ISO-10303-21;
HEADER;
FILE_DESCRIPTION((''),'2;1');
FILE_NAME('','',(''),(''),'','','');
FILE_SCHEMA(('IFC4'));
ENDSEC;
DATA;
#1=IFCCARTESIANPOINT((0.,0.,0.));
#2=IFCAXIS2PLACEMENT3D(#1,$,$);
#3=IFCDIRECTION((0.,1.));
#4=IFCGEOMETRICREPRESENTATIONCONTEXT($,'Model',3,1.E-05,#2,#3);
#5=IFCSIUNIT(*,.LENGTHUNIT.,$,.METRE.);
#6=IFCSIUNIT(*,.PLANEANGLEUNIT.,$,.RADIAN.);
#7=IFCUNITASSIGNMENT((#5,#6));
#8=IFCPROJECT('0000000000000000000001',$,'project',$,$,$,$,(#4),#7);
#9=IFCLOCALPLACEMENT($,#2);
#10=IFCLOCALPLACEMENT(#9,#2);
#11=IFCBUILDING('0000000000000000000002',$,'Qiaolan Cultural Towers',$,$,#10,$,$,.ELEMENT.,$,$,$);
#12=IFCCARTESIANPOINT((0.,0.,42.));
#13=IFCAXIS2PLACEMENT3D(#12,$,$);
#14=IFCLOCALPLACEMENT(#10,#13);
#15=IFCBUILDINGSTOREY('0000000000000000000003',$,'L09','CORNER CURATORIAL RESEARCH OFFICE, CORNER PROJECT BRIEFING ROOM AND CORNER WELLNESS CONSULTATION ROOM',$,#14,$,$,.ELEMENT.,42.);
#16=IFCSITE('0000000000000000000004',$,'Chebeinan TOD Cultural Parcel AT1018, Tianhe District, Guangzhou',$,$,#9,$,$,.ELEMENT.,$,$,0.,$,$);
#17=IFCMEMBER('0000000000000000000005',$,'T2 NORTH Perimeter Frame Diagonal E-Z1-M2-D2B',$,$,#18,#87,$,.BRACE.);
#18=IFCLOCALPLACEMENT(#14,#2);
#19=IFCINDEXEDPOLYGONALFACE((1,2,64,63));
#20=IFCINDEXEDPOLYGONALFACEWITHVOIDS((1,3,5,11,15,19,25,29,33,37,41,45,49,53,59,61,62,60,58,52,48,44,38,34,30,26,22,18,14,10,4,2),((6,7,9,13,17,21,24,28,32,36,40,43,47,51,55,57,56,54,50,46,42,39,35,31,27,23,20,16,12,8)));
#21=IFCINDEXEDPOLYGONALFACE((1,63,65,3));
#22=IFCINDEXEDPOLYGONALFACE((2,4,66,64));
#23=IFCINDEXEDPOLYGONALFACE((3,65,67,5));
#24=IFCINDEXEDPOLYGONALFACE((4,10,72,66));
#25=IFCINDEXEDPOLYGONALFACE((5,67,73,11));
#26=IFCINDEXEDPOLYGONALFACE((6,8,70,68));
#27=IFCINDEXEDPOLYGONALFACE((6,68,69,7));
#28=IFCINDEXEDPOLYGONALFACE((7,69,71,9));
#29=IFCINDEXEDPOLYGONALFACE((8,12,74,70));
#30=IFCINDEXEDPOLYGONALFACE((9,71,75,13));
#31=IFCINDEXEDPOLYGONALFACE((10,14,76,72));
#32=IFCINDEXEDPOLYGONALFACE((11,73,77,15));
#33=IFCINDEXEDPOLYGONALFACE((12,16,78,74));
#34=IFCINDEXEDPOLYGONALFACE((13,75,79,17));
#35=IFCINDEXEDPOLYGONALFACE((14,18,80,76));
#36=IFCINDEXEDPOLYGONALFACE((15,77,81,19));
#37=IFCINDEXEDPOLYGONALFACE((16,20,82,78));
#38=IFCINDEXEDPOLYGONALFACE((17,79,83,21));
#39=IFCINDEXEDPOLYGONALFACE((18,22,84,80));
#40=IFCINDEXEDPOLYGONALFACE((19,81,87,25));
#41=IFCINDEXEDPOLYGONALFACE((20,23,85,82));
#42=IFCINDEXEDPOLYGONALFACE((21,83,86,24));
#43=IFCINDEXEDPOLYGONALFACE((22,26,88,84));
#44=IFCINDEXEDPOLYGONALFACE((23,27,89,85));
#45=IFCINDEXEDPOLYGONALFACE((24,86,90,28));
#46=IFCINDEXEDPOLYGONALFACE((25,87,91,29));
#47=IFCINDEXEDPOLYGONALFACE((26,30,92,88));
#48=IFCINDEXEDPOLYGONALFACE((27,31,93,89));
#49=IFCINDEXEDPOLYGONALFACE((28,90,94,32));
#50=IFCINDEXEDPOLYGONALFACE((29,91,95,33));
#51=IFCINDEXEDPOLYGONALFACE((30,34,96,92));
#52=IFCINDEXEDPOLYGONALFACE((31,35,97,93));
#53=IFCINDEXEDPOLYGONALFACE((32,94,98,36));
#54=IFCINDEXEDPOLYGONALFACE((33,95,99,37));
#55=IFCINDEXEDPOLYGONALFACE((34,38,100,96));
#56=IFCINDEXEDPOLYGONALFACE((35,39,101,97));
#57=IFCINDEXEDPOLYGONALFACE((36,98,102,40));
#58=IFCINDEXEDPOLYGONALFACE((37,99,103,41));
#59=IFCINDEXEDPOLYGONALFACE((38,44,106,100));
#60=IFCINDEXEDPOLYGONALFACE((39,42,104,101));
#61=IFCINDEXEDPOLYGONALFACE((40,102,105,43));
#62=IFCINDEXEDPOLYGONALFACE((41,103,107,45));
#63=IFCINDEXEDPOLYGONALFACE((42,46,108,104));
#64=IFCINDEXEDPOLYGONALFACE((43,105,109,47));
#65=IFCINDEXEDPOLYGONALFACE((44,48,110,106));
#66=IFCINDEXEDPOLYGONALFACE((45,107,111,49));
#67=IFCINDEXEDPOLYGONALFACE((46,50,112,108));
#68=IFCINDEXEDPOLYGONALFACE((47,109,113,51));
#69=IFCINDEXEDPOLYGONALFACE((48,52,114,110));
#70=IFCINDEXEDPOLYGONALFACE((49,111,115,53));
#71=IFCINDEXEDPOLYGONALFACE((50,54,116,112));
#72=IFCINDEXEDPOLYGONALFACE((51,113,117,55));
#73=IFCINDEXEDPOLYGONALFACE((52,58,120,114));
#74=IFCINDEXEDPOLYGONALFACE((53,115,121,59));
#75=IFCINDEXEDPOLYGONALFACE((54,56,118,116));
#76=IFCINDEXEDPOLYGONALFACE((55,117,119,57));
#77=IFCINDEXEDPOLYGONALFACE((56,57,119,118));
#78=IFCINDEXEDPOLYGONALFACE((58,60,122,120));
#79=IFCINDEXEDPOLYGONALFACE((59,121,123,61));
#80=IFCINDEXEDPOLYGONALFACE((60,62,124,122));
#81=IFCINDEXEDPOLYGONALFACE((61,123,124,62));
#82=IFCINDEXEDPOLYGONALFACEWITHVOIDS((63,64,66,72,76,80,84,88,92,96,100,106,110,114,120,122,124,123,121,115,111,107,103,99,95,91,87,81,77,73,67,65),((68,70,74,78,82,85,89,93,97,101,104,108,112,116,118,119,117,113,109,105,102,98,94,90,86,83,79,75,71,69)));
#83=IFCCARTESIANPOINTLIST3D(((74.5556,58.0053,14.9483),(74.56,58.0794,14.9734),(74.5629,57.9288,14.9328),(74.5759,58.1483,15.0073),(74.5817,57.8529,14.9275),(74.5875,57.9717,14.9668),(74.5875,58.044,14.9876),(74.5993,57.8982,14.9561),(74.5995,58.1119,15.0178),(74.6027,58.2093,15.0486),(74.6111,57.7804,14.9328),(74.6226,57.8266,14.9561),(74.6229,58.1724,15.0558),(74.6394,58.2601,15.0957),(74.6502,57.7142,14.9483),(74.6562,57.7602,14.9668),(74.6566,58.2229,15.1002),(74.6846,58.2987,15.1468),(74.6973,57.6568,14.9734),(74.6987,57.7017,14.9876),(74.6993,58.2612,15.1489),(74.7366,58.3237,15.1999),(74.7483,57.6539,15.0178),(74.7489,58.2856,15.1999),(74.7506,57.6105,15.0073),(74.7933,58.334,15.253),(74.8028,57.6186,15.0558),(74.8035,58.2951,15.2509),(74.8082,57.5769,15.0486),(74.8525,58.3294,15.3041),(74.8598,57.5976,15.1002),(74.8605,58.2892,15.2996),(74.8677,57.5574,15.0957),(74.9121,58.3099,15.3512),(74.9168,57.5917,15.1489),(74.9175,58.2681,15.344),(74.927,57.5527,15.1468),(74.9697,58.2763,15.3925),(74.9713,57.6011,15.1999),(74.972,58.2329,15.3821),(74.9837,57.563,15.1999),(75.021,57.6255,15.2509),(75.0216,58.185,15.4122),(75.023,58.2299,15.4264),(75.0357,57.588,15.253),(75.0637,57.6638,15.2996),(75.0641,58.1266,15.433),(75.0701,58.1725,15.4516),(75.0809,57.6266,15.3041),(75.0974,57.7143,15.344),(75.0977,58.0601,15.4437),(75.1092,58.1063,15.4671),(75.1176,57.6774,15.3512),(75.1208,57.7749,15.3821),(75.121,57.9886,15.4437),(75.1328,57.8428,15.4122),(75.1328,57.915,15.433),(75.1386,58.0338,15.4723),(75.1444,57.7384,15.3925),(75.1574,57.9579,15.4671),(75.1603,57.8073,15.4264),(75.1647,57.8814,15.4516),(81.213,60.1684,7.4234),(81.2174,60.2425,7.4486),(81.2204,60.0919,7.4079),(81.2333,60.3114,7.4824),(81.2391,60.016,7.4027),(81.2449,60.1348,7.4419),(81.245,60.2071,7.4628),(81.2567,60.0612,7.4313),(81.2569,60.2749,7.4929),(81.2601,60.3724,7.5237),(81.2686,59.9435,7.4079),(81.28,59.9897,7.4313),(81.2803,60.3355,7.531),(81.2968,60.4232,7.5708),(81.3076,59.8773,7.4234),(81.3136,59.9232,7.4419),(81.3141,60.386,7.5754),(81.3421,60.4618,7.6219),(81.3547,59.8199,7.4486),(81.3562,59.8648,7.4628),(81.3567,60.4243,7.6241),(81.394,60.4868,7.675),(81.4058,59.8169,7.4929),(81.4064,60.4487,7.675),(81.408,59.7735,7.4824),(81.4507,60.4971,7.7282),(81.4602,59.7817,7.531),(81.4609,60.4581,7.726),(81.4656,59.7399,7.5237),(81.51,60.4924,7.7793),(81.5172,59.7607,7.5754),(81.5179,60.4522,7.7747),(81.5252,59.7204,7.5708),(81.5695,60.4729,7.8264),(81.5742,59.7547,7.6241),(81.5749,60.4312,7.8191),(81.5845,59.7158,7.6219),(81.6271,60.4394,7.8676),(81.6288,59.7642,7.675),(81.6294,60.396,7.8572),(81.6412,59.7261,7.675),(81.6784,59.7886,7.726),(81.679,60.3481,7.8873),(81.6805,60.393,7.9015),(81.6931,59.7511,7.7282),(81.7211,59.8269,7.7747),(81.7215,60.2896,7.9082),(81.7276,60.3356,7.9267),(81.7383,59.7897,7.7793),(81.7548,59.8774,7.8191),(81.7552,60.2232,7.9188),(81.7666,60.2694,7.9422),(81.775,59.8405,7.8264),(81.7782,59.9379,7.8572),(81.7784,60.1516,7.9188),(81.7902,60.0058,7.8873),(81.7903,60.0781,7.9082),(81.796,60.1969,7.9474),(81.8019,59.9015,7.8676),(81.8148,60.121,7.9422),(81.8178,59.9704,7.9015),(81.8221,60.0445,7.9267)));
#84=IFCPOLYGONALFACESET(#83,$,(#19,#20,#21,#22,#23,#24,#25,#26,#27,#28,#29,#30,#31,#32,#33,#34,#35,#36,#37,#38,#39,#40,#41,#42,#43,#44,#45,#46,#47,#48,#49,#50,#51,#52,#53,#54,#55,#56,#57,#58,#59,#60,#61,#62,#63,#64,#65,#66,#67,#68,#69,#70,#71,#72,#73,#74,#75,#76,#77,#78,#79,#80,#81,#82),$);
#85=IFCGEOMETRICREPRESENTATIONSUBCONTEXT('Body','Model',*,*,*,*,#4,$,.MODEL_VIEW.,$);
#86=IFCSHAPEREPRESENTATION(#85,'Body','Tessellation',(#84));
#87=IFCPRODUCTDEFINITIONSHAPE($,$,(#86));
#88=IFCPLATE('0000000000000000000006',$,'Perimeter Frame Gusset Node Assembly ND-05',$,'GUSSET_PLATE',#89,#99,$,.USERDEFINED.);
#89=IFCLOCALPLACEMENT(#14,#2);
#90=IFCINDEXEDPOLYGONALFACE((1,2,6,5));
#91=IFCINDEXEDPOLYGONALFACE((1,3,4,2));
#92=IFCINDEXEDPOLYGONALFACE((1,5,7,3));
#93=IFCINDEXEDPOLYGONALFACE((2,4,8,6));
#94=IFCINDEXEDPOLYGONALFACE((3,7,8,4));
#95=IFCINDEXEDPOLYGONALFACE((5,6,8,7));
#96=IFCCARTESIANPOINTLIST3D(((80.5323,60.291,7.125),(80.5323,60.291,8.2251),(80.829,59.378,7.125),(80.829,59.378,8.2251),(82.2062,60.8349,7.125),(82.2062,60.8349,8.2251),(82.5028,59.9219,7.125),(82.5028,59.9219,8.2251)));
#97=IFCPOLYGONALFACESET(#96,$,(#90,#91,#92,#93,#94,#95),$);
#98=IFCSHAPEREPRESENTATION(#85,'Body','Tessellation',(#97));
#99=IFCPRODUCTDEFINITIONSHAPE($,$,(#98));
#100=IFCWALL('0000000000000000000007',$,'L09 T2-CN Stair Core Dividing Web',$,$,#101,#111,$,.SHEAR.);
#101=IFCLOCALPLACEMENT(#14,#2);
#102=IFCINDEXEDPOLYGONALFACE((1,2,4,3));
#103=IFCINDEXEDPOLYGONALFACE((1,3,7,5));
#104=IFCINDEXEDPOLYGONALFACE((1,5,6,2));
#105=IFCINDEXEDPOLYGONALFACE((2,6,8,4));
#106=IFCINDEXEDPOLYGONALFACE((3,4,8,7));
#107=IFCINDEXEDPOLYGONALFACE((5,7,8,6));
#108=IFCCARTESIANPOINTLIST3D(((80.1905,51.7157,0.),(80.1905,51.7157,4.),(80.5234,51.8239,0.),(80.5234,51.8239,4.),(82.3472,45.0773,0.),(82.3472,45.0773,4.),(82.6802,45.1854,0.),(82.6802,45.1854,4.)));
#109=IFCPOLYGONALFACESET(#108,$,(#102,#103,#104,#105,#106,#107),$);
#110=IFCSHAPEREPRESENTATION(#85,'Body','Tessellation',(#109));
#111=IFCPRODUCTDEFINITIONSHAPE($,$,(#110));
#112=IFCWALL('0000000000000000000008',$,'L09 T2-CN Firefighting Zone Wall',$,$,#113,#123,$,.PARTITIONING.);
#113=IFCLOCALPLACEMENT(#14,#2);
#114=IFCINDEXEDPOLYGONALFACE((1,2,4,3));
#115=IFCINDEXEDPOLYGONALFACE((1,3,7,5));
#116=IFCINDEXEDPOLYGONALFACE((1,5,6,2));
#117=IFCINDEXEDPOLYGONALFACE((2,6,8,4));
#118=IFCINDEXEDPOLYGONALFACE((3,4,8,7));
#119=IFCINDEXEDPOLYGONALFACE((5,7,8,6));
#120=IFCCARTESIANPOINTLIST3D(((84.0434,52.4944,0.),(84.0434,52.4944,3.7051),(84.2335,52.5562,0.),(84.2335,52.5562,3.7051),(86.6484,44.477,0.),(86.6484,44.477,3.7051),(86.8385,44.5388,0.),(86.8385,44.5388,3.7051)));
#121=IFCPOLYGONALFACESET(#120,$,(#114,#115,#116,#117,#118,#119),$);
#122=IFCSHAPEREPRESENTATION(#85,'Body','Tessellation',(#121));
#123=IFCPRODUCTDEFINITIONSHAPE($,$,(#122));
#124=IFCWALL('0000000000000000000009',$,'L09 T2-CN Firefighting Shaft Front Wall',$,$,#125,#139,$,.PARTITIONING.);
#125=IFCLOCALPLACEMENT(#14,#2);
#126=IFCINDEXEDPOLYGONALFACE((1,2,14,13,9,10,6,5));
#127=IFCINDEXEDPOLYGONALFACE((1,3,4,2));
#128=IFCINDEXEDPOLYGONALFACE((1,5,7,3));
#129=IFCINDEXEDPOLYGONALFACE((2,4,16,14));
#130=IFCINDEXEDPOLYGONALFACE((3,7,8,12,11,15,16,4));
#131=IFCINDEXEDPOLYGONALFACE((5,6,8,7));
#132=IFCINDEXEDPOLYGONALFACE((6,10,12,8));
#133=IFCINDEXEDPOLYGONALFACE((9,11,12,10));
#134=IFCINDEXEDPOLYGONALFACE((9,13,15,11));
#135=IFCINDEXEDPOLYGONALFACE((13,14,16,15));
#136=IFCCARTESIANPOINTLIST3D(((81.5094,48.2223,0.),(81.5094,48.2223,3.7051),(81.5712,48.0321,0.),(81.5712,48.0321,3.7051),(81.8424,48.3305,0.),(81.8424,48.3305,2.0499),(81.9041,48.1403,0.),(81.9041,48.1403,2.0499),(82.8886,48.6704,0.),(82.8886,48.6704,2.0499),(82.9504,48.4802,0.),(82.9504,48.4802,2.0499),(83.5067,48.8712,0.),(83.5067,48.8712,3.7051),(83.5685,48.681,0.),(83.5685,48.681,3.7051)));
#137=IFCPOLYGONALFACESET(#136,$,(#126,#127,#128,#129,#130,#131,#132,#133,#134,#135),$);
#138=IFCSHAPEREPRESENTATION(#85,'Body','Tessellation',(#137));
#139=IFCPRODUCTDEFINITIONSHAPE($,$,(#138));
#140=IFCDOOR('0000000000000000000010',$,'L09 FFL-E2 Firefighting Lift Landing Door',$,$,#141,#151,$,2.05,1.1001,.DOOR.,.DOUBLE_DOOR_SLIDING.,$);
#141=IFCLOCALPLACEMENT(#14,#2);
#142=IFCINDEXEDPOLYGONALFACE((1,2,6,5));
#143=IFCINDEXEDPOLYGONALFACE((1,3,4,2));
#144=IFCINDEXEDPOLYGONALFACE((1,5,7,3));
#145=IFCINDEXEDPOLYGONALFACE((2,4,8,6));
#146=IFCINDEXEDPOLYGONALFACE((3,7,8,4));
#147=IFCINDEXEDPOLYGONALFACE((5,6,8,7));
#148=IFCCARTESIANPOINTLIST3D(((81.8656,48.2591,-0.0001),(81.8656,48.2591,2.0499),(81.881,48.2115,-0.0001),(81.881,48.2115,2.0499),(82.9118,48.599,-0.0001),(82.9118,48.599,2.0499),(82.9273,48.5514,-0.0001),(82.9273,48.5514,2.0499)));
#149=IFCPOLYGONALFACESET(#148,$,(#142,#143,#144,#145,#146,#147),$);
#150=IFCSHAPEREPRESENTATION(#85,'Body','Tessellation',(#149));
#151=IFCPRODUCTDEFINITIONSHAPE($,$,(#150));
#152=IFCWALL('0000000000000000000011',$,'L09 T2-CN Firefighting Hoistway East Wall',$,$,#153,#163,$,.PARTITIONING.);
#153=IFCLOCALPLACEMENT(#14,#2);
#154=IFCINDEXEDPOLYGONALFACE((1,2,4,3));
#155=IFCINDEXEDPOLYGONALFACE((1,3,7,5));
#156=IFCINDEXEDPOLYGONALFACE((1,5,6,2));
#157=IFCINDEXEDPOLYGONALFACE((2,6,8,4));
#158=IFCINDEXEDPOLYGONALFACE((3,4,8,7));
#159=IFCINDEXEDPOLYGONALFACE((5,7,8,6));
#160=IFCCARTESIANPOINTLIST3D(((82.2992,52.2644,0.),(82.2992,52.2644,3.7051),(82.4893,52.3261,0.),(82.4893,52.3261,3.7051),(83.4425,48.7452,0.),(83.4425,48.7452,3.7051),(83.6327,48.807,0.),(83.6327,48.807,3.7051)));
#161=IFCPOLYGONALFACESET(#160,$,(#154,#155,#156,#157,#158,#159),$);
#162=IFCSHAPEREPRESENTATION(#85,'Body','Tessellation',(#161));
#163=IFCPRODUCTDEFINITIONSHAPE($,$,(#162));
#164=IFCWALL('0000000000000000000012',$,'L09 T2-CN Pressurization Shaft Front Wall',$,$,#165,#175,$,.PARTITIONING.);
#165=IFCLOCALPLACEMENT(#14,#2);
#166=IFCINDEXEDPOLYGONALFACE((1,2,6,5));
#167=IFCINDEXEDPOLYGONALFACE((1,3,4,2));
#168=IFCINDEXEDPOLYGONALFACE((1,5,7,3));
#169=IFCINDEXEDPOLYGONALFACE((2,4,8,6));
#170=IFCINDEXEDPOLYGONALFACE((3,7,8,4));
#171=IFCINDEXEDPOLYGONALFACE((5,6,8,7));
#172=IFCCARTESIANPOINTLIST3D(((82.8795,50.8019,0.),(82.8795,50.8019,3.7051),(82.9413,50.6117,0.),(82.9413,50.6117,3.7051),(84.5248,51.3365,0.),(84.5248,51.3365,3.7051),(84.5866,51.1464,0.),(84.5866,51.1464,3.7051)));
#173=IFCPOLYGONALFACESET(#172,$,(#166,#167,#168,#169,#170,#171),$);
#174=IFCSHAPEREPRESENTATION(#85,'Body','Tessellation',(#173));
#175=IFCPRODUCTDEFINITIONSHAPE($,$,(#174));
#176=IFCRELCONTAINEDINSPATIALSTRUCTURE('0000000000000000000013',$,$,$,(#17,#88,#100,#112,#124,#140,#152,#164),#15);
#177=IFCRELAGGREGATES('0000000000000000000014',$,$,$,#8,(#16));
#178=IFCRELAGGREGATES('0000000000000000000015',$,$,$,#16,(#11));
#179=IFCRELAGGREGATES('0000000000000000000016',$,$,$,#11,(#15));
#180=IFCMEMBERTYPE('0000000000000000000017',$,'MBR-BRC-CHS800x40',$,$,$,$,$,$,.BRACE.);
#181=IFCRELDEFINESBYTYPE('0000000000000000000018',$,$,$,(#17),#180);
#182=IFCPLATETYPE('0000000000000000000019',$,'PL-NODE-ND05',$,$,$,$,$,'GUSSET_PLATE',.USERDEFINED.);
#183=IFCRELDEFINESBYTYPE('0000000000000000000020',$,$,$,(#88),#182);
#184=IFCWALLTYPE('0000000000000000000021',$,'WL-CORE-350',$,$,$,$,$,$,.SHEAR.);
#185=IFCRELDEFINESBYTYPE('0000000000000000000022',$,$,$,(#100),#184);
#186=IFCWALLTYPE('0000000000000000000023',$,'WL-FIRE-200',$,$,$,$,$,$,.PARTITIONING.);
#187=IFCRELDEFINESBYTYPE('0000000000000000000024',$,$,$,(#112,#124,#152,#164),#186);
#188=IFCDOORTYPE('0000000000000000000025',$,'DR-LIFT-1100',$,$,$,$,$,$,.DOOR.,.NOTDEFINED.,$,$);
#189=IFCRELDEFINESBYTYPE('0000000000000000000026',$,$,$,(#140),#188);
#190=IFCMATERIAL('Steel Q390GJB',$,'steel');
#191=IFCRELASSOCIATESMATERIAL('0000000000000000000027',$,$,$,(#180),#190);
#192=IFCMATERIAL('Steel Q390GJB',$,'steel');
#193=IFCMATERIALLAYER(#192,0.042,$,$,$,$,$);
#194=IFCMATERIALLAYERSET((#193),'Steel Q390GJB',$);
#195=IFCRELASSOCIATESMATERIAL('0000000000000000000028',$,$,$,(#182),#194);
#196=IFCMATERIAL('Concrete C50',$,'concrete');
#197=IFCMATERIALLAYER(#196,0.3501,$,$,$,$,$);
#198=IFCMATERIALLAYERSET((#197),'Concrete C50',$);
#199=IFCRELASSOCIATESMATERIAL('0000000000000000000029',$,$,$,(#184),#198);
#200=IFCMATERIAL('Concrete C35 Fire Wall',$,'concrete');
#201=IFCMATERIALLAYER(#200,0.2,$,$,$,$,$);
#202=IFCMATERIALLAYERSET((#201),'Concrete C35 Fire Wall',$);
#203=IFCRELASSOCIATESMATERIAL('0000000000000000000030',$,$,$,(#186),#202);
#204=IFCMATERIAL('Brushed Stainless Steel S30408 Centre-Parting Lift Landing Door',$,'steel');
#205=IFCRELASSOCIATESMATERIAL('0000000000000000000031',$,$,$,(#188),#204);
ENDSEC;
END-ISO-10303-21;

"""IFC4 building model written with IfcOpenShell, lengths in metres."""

from ifc_helpers import new_model, si_unit, direction, frame, frame_2d, origin, origin_2d, place, context, subcontext, project, spatial, rectangle, hollow_circle, extrude, material, layer, layer_set, material_profile, profile_set, type_object, element, fill, save


model = new_model("IFC4")

# Units and contexts
model_context = context("Model", 3, precision=1e-05, world=origin(), true_north=direction((0.0, 1.0)))
body_context = subcontext(model_context, "Body", "Model", "MODEL_VIEW")
ifc_project = project(units=[si_unit("LENGTHUNIT", "METRE"), si_unit("PLANEANGLEUNIT", "RADIAN")], contexts=[model_context])

# Site, building, storey
site_placement = place(None, origin())
site = spatial("IfcSite", under=ifc_project, at=site_placement, Name="Chebeinan TOD Cultural Parcel AT1018, Tianhe District, Guangzhou", CompositionType="ELEMENT", RefElevation=0.0)
building_placement = place(site_placement, origin())
building = spatial("IfcBuilding", under=site, at=building_placement, Name="Qiaolan Cultural Towers", CompositionType="ELEMENT")
storey_placement = place(building_placement, frame((0.0, 0.0, 42.0)))
storey = spatial("IfcBuildingStorey", under=building, at=storey_placement, Name="L09", Description="CORNER CURATORIAL RESEARCH OFFICE, CORNER PROJECT BRIEFING ROOM AND CORNER WELLNESS CONSULTATION ROOM", CompositionType="ELEMENT", Elevation=42.0)

# Member
ifc_material_1 = material(Name="Steel Q390GJB", Category="steel")
ifc_material_profile_1 = material_profile(ifc_material_1, hollow_circle(Radius=0.3999, WallThickness=0.04, at=origin_2d()), Name="CHS800x40")
ifc_profile_set_1 = profile_set([ifc_material_profile_1], Name="Steel Q390GJB")
member_type = type_object("IfcMemberType", Name="MBR-BRC-CHS800x40", PredefinedType="BRACE", material=ifc_profile_set_1)
for number, where, z_axis, x_axis, name in (
    (1, (81.5176, 60.1064, 7.675), (-0.647778, -0.21047, 0.732179), (0.30901, -0.951059, 0.0), "T2 NORTH Perimeter Frame Diagonal E-Z1-M2-D2B"),
):
    element("IfcMember", number, at=place(storey_placement, frame(where, z_axis=z_axis, x_axis=x_axis)), inside=storey, type_object=member_type, Name=name, PredefinedType="BRACE", context=body_context, shape_type="SweptSolid", body=[
        extrude(hollow_circle(Radius=0.3999, WallThickness=0.04, at=origin_2d()), origin(), (0.0, 0.0, 1.0), 10.2773),
    ])

# Plate
ifc_material_2 = material(Name="Steel Q390GJB", Category="steel")
ifc_layer_1 = layer(ifc_material_2, 0.042)
ifc_layer_set_1 = layer_set([ifc_layer_1], Name="Steel Q390GJB")
plate_type = type_object("IfcPlateType", Name="PL-NODE-ND05", ElementType="GUSSET_PLATE", PredefinedType="USERDEFINED", material=ifc_layer_set_1)
plate_placement = place(storey_placement, frame((81.5176, 60.1064, 7.125), z_axis=(0.0, 0.0, 1.0), x_axis=(0.951057, 0.309017, 0.0)))
element("IfcPlate", 2, at=plate_placement, inside=storey, type_object=plate_type, Name="Perimeter Frame Gusset Node Assembly ND-05", ObjectType="GUSSET_PLATE", PredefinedType="USERDEFINED", context=body_context, shape_type="SweptSolid", body=[
    extrude(rectangle(XDim=1.76, YDim=0.96, at=origin_2d()), origin(), (0.0, 0.0, 1.0), 1.1001),
])

# Walls
ifc_material_3 = material(Name="Concrete C50", Category="concrete")
ifc_layer_2 = layer(ifc_material_3, 0.3501)
ifc_layer_set_2 = layer_set([ifc_layer_2], Name="Concrete C50")
wall_type_1 = type_object("IfcWallType", Name="WL-CORE-350", PredefinedType="SHEAR", material=ifc_layer_set_2)
wall_1_placement = place(storey_placement, frame((82.5137, 45.1313, 0.0), z_axis=(0.0, 0.0, 1.0), x_axis=(-0.308989, 0.951066, 0.0)))
element("IfcWall", 3, at=wall_1_placement, inside=storey, type_object=wall_type_1, Name="L09 T2-CN Stair Core Dividing Web", PredefinedType="SHEAR", context=body_context, shape_type="SweptSolid", body=[
    extrude(rectangle(XDim=6.98, YDim=0.3501, at=frame_2d((3.49, 0.0))), origin(), (0.0, 0.0, 1.0), 4.0),
])
ifc_material_4 = material(Name="Concrete C35 Fire Wall", Category="concrete")
ifc_layer_3 = layer(ifc_material_4, 0.2)
ifc_layer_set_3 = layer_set([ifc_layer_3], Name="Concrete C35 Fire Wall")
wall_type_2 = type_object("IfcWallType", Name="WL-FIRE-200", PredefinedType="PARTITIONING", material=ifc_layer_set_3)
wall_2_placement = place(storey_placement, frame((86.7434, 44.5081, 0.0), z_axis=(0.0, 0.0, 1.0), x_axis=(-0.309016, 0.951057, 0.0)))
element("IfcWall", 4, at=wall_2_placement, inside=storey, type_object=wall_type_2, Name="L09 T2-CN Firefighting Zone Wall", PredefinedType="PARTITIONING", context=body_context, shape_type="SweptSolid", body=[
    extrude(rectangle(XDim=8.4299, YDim=0.2, at=frame_2d((4.2148, 0.0))), origin(), (0.0, 0.0, 1.0), 3.7051),
])

# Wall, opening, door
wall_3_placement = place(storey_placement, frame((81.5403, 48.1272, 0.0), z_axis=(0.0, 0.0, 1.0), x_axis=(0.951062, 0.308999, 0.0)))
wall_3 = element("IfcWall", 5, at=wall_3_placement, inside=storey, type_object=wall_type_2, Name="L09 T2-CN Firefighting Shaft Front Wall", PredefinedType="PARTITIONING", context=body_context, shape_type="SweptSolid", body=[
    extrude(rectangle(XDim=2.1001, YDim=0.2, at=frame_2d((1.05, 0.0))), origin(), (0.0, 0.0, 1.0), 3.7051),
])
opening_1_placement = place(wall_3_placement, frame((0.3501, 0.0, 0.0)))
opening_1 = element("IfcOpeningElement", 6, at=opening_1_placement, cuts=wall_3, PredefinedType="OPENING", context=body_context, shape_type="SweptSolid", body=[
    extrude(rectangle(XDim=1.1001, YDim=2.05, at=frame_2d((0.55, 1.0249))), frame((0.0, 0.1099, 0.0), z_axis=(0.0, -1.0, 0.0), x_axis=(1.0, 0.0, 0.0)), (0.0, 0.0, 1.0), 0.22),
])
ifc_material_5 = material(Name="Brushed Stainless Steel S30408 Centre-Parting Lift Landing Door", Category="steel")
door_type_1 = type_object("IfcDoorType", Name="DR-LIFT-1100", OperationType="NOTDEFINED", PredefinedType="DOOR", material=ifc_material_5)
door_1_placement = place(opening_1_placement, origin())
door_1 = element("IfcDoor", 7, at=door_1_placement, inside=storey, type_object=door_type_1, Name="L09 FFL-E2 Firefighting Lift Landing Door", OperationType="DOUBLE_DOOR_SLIDING", OverallHeight=2.05, OverallWidth=1.1001, PredefinedType="DOOR", context=body_context, shape_type="SweptSolid", body=[
    extrude(rectangle(XDim=1.1001, YDim=2.05, at=frame_2d((0.55, 1.0249))), frame((0.0, 0.0249, 0.0), z_axis=(0.0, -1.0, 0.0), x_axis=(1.0, 0.0, 0.0)), (0.0, 0.0, 1.0), 0.05),
])
fill(opening_1, door_1)

# Walls
wall_4_placement = place(storey_placement, frame((83.5376, 48.7761, 0.0), z_axis=(0.0, 0.0, 1.0), x_axis=(-0.308994, 0.951064, 0.0)))
element("IfcWall", 8, at=wall_4_placement, inside=storey, type_object=wall_type_2, Name="L09 T2-CN Firefighting Hoistway East Wall", PredefinedType="PARTITIONING", context=body_context, shape_type="SweptSolid", body=[
    extrude(rectangle(XDim=3.7002, YDim=0.2, at=frame_2d((1.8501, 0.0))), origin(), (0.0, 0.0, 1.0), 3.7051),
])
wall_5_placement = place(storey_placement, frame((82.9104, 50.7068, 0.0), z_axis=(0.0, 0.0, 1.0), x_axis=(0.951041, 0.309064, 0.0)))
element("IfcWall", 9, at=wall_5_placement, inside=storey, type_object=wall_type_2, Name="L09 T2-CN Pressurization Shaft Front Wall", PredefinedType="PARTITIONING", context=body_context, shape_type="SweptSolid", body=[
    extrude(rectangle(XDim=1.73, YDim=0.2, at=frame_2d((0.865, 0.0))), origin(), (0.0, 0.0, 1.0), 3.7051),
])

save(model, "model.ifc")
